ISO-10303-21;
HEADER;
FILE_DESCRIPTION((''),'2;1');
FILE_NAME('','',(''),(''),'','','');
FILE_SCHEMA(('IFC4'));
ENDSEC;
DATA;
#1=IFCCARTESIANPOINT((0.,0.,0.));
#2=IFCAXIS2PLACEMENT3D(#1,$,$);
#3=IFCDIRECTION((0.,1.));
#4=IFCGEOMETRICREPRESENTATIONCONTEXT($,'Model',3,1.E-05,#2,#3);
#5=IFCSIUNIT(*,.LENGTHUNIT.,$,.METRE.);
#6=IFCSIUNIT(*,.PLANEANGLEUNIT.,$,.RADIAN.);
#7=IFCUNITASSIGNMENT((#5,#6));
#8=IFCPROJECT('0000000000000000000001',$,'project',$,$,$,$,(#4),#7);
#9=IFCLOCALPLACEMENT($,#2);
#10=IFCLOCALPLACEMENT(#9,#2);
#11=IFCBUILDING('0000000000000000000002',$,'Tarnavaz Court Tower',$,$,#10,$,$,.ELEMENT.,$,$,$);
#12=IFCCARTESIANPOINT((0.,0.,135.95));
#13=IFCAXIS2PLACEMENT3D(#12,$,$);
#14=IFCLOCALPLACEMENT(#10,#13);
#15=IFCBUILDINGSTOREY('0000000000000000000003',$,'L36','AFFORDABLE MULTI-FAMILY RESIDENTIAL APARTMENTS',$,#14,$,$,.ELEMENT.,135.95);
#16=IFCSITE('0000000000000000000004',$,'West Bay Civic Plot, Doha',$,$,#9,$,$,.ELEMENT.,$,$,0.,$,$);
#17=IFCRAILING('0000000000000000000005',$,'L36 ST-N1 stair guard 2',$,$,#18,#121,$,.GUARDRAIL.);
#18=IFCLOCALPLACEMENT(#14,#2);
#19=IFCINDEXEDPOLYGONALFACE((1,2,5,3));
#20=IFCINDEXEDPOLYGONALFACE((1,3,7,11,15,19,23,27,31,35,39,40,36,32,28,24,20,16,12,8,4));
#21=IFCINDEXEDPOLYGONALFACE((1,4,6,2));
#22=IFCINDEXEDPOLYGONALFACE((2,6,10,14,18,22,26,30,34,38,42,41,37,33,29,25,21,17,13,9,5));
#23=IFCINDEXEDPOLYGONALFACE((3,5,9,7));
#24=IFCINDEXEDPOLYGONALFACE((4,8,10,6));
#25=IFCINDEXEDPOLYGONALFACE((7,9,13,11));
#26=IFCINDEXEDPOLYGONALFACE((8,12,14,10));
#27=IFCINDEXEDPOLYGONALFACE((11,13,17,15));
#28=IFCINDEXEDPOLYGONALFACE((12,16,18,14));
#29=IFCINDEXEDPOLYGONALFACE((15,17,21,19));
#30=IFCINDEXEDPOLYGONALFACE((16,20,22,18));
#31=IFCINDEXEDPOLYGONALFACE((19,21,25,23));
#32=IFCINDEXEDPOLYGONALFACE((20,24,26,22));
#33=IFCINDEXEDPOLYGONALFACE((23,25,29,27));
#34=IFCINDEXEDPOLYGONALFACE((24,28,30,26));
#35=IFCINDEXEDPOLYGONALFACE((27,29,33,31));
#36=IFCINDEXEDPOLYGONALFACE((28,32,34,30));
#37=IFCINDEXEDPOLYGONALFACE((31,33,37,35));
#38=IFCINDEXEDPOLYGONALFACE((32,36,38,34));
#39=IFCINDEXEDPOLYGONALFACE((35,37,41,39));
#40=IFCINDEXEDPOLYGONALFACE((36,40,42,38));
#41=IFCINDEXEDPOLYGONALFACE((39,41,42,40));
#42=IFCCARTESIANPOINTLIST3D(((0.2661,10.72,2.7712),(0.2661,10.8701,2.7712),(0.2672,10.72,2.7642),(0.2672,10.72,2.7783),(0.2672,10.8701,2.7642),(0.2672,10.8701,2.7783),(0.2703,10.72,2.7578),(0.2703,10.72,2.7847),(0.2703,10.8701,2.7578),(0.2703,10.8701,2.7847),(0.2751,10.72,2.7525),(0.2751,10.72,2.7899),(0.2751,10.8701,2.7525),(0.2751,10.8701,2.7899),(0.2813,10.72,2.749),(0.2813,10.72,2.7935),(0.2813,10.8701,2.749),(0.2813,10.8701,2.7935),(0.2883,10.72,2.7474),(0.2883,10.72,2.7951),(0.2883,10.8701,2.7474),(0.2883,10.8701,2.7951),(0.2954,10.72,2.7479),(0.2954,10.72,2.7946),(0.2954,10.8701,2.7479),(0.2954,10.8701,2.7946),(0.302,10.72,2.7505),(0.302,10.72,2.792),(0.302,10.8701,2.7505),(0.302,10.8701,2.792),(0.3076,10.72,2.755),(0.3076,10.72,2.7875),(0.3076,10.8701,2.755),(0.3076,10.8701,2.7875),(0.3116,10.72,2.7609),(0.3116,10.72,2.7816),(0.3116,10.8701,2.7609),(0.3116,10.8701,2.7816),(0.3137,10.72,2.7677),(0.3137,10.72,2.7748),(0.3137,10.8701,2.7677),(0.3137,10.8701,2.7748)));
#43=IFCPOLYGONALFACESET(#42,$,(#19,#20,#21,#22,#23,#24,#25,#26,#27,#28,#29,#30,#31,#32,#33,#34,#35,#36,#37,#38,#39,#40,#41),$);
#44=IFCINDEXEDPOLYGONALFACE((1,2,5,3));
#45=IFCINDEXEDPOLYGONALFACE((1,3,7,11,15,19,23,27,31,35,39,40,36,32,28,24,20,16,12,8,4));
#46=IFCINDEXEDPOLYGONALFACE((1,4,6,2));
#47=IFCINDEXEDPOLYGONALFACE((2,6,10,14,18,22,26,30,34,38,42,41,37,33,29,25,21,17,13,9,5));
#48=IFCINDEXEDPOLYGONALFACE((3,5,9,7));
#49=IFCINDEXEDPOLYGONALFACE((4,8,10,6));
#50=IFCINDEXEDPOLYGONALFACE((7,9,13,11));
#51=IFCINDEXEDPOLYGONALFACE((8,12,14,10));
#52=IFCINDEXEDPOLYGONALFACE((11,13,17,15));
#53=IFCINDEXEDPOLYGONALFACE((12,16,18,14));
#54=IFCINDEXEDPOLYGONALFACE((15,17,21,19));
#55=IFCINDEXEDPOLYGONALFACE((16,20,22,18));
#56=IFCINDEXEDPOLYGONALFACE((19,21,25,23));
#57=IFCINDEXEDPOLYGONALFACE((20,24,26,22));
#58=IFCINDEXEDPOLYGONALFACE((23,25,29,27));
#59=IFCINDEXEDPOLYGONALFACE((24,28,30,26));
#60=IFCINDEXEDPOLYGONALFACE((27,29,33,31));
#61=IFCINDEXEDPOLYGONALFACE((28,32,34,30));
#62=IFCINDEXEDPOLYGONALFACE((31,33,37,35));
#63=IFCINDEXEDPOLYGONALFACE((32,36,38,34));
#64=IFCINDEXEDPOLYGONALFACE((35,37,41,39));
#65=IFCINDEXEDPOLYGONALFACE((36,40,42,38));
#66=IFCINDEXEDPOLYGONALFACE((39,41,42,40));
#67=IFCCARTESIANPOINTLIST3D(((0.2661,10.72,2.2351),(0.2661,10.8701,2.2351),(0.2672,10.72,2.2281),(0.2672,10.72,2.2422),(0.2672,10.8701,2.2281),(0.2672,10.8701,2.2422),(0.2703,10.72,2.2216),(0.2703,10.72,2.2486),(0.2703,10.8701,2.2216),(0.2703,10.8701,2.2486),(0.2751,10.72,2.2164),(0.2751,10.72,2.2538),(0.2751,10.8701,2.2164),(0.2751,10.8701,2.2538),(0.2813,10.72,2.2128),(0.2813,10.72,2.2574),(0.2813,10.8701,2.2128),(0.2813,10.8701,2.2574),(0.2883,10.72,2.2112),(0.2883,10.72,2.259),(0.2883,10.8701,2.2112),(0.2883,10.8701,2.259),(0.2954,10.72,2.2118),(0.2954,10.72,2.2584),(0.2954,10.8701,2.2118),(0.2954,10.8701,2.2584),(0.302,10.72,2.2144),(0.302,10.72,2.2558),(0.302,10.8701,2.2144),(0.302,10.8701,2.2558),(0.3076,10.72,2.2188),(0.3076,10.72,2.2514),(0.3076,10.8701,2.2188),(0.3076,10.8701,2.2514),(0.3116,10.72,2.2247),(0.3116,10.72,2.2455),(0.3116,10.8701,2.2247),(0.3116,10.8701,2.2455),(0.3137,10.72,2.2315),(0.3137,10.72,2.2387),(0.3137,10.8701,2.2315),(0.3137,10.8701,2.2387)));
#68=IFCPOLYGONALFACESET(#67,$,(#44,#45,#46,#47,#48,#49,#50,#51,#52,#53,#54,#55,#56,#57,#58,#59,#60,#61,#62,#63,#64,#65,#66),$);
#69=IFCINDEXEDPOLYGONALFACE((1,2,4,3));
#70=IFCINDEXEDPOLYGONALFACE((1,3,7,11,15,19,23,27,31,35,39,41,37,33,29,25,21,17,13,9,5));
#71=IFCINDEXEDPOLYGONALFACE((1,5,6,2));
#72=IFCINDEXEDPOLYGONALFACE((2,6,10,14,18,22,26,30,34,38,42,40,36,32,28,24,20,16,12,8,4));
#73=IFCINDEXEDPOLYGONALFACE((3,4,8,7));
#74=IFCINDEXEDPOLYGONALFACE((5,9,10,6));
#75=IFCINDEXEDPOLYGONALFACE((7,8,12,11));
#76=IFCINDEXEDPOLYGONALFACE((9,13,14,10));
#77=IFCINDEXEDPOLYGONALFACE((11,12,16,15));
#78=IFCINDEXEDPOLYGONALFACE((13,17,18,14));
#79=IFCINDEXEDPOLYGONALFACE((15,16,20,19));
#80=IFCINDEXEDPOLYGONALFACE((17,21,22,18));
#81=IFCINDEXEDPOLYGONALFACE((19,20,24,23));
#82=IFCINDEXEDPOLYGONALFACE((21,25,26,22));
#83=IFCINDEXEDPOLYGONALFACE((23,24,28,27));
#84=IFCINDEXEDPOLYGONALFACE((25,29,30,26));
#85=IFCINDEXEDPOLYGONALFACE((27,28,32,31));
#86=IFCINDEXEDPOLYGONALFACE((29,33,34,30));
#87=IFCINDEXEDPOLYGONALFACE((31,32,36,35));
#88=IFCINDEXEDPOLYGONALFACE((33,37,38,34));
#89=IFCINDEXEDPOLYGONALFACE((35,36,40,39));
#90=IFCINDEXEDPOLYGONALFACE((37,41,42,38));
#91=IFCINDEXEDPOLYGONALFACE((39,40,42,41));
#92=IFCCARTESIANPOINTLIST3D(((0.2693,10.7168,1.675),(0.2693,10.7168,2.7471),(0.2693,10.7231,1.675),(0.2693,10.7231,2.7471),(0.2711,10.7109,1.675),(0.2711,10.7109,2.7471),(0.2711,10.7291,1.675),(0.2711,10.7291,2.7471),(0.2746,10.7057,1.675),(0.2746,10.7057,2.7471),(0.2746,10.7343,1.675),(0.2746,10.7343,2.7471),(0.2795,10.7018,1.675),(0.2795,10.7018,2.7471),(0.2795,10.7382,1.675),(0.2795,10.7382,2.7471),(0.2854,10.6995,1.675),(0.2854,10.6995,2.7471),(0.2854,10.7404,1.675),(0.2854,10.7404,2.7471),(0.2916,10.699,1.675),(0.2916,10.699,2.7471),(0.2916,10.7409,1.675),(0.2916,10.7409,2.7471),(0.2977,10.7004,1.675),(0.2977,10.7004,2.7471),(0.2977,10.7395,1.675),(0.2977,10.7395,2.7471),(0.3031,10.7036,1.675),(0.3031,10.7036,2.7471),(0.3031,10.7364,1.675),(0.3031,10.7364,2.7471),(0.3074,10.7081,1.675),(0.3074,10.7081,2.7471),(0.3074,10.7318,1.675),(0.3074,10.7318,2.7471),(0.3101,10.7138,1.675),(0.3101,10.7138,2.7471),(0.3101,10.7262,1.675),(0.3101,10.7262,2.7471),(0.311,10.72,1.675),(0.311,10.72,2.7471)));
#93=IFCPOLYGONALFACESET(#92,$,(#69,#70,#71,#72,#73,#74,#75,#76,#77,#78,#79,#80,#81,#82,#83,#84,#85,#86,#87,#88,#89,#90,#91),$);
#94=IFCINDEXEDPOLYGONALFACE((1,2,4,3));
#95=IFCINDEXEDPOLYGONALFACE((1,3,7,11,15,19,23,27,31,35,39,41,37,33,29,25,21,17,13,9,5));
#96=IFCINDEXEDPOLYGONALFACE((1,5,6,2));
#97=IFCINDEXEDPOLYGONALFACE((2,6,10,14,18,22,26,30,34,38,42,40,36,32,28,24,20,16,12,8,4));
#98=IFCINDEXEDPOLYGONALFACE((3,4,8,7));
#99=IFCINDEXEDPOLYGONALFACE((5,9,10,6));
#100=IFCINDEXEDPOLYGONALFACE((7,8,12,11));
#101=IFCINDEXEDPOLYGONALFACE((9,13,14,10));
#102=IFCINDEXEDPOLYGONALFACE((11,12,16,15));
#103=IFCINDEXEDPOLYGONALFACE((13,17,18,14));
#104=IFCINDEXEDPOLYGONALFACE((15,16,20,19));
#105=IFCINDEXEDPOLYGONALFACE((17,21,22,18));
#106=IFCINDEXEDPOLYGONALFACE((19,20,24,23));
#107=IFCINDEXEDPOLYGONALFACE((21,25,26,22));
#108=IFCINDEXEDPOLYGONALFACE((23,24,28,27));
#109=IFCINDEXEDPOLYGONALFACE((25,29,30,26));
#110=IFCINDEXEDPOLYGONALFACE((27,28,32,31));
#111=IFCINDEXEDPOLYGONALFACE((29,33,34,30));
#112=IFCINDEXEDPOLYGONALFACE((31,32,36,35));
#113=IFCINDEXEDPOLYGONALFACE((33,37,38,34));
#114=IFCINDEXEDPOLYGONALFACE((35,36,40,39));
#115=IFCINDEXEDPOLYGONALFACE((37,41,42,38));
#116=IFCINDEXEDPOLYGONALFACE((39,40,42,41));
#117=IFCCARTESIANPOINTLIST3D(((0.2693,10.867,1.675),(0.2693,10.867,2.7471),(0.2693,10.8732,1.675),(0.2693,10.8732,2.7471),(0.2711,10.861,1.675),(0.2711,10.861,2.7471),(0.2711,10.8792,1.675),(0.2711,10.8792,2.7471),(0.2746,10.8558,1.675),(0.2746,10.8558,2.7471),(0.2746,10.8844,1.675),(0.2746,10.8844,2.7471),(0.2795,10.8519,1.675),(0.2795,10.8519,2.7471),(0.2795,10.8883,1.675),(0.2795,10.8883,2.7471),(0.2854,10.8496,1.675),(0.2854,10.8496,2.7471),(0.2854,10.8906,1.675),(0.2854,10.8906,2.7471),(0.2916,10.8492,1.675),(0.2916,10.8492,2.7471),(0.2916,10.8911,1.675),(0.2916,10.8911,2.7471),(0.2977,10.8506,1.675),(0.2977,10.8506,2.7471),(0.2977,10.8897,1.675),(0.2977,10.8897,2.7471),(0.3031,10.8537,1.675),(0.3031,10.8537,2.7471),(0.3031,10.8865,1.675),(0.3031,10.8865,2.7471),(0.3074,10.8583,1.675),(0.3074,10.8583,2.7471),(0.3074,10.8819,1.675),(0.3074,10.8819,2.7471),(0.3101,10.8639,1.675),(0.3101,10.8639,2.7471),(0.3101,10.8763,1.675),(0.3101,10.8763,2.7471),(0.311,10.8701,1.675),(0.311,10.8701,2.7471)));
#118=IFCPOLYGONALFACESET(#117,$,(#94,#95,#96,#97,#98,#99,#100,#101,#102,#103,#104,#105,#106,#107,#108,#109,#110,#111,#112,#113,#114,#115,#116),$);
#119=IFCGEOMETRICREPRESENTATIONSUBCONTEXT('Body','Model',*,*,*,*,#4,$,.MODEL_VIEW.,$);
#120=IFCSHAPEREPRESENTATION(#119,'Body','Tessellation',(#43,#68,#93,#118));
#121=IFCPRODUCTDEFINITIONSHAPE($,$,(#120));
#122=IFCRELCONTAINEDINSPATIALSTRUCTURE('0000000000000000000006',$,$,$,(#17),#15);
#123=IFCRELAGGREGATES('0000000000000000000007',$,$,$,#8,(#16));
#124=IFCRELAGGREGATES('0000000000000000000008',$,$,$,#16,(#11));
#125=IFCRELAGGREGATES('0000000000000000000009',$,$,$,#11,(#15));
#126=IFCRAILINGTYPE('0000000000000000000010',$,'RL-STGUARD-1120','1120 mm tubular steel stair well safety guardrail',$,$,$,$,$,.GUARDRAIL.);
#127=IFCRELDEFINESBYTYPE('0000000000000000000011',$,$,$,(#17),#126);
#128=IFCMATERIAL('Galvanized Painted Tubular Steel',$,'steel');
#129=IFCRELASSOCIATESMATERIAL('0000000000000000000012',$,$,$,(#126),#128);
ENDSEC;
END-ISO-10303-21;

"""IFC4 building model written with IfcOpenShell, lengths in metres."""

from ifc_helpers import new_model, si_unit, direction, frame, origin, origin_2d, place, context, subcontext, project, spatial, circle, extrude, material, type_object, element, save


model = new_model("IFC4")

# Units and contexts
model_context = context("Model", 3, precision=1e-05, world=origin(), true_north=direction((0.0, 1.0)))
body_context = subcontext(model_context, "Body", "Model", "MODEL_VIEW")
ifc_project = project(units=[si_unit("LENGTHUNIT", "METRE"), si_unit("PLANEANGLEUNIT", "RADIAN")], contexts=[model_context])

# Site, building, storey
site_placement = place(None, origin())
site = spatial("IfcSite", under=ifc_project, at=site_placement, Name="West Bay Civic Plot, Doha", CompositionType="ELEMENT", RefElevation=0.0)
building_placement = place(site_placement, origin())
building = spatial("IfcBuilding", under=site, at=building_placement, Name="Tarnavaz Court Tower", CompositionType="ELEMENT")
storey_placement = place(building_placement, frame((0.0, 0.0, 135.95)))
storey = spatial("IfcBuildingStorey", under=building, at=storey_placement, Name="L36", Description="AFFORDABLE MULTI-FAMILY RESIDENTIAL APARTMENTS", CompositionType="ELEMENT", Elevation=135.95)

# Railing
ifc_material_1 = material(Name="Galvanized Painted Tubular Steel", Category="steel")
railing_type_1 = type_object("IfcRailingType", Name="RL-STGUARD-1120", Description="1120 mm tubular steel stair well safety guardrail", PredefinedType="GUARDRAIL", material=ifc_material_1)
railing_1_placement = place(storey_placement, frame((0.29, 10.72, 1.675)))
element("IfcRailing", 1, at=railing_1_placement, inside=storey, type_object=railing_type_1, Name="L36 ST-N1 stair guard 2", PredefinedType="GUARDRAIL", context=body_context, shape_type="SweptSolid", body=[
    extrude(circle(Radius=0.0239, at=origin_2d()), frame((0.0, 0.0, 1.0962), z_axis=(0.0, 1.0, 0.0), x_axis=(-1.0, 0.0, 0.0)), (0.0, 0.0, 1.0), 0.1501),
    extrude(circle(Radius=0.0239, at=origin_2d()), frame((0.0, 0.0, 0.5601), z_axis=(0.0, 1.0, 0.0), x_axis=(-1.0, 0.0, 0.0)), (0.0, 0.0, 1.0), 0.1501),
    extrude(circle(Radius=0.021, at=origin_2d()), origin(), (0.0, 0.0, 1.0), 1.072),
    extrude(circle(Radius=0.021, at=origin_2d()), frame((0.0, 0.1501, 0.0)), (0.0, 0.0, 1.0), 1.072),
])

save(model, "model.ifc")
